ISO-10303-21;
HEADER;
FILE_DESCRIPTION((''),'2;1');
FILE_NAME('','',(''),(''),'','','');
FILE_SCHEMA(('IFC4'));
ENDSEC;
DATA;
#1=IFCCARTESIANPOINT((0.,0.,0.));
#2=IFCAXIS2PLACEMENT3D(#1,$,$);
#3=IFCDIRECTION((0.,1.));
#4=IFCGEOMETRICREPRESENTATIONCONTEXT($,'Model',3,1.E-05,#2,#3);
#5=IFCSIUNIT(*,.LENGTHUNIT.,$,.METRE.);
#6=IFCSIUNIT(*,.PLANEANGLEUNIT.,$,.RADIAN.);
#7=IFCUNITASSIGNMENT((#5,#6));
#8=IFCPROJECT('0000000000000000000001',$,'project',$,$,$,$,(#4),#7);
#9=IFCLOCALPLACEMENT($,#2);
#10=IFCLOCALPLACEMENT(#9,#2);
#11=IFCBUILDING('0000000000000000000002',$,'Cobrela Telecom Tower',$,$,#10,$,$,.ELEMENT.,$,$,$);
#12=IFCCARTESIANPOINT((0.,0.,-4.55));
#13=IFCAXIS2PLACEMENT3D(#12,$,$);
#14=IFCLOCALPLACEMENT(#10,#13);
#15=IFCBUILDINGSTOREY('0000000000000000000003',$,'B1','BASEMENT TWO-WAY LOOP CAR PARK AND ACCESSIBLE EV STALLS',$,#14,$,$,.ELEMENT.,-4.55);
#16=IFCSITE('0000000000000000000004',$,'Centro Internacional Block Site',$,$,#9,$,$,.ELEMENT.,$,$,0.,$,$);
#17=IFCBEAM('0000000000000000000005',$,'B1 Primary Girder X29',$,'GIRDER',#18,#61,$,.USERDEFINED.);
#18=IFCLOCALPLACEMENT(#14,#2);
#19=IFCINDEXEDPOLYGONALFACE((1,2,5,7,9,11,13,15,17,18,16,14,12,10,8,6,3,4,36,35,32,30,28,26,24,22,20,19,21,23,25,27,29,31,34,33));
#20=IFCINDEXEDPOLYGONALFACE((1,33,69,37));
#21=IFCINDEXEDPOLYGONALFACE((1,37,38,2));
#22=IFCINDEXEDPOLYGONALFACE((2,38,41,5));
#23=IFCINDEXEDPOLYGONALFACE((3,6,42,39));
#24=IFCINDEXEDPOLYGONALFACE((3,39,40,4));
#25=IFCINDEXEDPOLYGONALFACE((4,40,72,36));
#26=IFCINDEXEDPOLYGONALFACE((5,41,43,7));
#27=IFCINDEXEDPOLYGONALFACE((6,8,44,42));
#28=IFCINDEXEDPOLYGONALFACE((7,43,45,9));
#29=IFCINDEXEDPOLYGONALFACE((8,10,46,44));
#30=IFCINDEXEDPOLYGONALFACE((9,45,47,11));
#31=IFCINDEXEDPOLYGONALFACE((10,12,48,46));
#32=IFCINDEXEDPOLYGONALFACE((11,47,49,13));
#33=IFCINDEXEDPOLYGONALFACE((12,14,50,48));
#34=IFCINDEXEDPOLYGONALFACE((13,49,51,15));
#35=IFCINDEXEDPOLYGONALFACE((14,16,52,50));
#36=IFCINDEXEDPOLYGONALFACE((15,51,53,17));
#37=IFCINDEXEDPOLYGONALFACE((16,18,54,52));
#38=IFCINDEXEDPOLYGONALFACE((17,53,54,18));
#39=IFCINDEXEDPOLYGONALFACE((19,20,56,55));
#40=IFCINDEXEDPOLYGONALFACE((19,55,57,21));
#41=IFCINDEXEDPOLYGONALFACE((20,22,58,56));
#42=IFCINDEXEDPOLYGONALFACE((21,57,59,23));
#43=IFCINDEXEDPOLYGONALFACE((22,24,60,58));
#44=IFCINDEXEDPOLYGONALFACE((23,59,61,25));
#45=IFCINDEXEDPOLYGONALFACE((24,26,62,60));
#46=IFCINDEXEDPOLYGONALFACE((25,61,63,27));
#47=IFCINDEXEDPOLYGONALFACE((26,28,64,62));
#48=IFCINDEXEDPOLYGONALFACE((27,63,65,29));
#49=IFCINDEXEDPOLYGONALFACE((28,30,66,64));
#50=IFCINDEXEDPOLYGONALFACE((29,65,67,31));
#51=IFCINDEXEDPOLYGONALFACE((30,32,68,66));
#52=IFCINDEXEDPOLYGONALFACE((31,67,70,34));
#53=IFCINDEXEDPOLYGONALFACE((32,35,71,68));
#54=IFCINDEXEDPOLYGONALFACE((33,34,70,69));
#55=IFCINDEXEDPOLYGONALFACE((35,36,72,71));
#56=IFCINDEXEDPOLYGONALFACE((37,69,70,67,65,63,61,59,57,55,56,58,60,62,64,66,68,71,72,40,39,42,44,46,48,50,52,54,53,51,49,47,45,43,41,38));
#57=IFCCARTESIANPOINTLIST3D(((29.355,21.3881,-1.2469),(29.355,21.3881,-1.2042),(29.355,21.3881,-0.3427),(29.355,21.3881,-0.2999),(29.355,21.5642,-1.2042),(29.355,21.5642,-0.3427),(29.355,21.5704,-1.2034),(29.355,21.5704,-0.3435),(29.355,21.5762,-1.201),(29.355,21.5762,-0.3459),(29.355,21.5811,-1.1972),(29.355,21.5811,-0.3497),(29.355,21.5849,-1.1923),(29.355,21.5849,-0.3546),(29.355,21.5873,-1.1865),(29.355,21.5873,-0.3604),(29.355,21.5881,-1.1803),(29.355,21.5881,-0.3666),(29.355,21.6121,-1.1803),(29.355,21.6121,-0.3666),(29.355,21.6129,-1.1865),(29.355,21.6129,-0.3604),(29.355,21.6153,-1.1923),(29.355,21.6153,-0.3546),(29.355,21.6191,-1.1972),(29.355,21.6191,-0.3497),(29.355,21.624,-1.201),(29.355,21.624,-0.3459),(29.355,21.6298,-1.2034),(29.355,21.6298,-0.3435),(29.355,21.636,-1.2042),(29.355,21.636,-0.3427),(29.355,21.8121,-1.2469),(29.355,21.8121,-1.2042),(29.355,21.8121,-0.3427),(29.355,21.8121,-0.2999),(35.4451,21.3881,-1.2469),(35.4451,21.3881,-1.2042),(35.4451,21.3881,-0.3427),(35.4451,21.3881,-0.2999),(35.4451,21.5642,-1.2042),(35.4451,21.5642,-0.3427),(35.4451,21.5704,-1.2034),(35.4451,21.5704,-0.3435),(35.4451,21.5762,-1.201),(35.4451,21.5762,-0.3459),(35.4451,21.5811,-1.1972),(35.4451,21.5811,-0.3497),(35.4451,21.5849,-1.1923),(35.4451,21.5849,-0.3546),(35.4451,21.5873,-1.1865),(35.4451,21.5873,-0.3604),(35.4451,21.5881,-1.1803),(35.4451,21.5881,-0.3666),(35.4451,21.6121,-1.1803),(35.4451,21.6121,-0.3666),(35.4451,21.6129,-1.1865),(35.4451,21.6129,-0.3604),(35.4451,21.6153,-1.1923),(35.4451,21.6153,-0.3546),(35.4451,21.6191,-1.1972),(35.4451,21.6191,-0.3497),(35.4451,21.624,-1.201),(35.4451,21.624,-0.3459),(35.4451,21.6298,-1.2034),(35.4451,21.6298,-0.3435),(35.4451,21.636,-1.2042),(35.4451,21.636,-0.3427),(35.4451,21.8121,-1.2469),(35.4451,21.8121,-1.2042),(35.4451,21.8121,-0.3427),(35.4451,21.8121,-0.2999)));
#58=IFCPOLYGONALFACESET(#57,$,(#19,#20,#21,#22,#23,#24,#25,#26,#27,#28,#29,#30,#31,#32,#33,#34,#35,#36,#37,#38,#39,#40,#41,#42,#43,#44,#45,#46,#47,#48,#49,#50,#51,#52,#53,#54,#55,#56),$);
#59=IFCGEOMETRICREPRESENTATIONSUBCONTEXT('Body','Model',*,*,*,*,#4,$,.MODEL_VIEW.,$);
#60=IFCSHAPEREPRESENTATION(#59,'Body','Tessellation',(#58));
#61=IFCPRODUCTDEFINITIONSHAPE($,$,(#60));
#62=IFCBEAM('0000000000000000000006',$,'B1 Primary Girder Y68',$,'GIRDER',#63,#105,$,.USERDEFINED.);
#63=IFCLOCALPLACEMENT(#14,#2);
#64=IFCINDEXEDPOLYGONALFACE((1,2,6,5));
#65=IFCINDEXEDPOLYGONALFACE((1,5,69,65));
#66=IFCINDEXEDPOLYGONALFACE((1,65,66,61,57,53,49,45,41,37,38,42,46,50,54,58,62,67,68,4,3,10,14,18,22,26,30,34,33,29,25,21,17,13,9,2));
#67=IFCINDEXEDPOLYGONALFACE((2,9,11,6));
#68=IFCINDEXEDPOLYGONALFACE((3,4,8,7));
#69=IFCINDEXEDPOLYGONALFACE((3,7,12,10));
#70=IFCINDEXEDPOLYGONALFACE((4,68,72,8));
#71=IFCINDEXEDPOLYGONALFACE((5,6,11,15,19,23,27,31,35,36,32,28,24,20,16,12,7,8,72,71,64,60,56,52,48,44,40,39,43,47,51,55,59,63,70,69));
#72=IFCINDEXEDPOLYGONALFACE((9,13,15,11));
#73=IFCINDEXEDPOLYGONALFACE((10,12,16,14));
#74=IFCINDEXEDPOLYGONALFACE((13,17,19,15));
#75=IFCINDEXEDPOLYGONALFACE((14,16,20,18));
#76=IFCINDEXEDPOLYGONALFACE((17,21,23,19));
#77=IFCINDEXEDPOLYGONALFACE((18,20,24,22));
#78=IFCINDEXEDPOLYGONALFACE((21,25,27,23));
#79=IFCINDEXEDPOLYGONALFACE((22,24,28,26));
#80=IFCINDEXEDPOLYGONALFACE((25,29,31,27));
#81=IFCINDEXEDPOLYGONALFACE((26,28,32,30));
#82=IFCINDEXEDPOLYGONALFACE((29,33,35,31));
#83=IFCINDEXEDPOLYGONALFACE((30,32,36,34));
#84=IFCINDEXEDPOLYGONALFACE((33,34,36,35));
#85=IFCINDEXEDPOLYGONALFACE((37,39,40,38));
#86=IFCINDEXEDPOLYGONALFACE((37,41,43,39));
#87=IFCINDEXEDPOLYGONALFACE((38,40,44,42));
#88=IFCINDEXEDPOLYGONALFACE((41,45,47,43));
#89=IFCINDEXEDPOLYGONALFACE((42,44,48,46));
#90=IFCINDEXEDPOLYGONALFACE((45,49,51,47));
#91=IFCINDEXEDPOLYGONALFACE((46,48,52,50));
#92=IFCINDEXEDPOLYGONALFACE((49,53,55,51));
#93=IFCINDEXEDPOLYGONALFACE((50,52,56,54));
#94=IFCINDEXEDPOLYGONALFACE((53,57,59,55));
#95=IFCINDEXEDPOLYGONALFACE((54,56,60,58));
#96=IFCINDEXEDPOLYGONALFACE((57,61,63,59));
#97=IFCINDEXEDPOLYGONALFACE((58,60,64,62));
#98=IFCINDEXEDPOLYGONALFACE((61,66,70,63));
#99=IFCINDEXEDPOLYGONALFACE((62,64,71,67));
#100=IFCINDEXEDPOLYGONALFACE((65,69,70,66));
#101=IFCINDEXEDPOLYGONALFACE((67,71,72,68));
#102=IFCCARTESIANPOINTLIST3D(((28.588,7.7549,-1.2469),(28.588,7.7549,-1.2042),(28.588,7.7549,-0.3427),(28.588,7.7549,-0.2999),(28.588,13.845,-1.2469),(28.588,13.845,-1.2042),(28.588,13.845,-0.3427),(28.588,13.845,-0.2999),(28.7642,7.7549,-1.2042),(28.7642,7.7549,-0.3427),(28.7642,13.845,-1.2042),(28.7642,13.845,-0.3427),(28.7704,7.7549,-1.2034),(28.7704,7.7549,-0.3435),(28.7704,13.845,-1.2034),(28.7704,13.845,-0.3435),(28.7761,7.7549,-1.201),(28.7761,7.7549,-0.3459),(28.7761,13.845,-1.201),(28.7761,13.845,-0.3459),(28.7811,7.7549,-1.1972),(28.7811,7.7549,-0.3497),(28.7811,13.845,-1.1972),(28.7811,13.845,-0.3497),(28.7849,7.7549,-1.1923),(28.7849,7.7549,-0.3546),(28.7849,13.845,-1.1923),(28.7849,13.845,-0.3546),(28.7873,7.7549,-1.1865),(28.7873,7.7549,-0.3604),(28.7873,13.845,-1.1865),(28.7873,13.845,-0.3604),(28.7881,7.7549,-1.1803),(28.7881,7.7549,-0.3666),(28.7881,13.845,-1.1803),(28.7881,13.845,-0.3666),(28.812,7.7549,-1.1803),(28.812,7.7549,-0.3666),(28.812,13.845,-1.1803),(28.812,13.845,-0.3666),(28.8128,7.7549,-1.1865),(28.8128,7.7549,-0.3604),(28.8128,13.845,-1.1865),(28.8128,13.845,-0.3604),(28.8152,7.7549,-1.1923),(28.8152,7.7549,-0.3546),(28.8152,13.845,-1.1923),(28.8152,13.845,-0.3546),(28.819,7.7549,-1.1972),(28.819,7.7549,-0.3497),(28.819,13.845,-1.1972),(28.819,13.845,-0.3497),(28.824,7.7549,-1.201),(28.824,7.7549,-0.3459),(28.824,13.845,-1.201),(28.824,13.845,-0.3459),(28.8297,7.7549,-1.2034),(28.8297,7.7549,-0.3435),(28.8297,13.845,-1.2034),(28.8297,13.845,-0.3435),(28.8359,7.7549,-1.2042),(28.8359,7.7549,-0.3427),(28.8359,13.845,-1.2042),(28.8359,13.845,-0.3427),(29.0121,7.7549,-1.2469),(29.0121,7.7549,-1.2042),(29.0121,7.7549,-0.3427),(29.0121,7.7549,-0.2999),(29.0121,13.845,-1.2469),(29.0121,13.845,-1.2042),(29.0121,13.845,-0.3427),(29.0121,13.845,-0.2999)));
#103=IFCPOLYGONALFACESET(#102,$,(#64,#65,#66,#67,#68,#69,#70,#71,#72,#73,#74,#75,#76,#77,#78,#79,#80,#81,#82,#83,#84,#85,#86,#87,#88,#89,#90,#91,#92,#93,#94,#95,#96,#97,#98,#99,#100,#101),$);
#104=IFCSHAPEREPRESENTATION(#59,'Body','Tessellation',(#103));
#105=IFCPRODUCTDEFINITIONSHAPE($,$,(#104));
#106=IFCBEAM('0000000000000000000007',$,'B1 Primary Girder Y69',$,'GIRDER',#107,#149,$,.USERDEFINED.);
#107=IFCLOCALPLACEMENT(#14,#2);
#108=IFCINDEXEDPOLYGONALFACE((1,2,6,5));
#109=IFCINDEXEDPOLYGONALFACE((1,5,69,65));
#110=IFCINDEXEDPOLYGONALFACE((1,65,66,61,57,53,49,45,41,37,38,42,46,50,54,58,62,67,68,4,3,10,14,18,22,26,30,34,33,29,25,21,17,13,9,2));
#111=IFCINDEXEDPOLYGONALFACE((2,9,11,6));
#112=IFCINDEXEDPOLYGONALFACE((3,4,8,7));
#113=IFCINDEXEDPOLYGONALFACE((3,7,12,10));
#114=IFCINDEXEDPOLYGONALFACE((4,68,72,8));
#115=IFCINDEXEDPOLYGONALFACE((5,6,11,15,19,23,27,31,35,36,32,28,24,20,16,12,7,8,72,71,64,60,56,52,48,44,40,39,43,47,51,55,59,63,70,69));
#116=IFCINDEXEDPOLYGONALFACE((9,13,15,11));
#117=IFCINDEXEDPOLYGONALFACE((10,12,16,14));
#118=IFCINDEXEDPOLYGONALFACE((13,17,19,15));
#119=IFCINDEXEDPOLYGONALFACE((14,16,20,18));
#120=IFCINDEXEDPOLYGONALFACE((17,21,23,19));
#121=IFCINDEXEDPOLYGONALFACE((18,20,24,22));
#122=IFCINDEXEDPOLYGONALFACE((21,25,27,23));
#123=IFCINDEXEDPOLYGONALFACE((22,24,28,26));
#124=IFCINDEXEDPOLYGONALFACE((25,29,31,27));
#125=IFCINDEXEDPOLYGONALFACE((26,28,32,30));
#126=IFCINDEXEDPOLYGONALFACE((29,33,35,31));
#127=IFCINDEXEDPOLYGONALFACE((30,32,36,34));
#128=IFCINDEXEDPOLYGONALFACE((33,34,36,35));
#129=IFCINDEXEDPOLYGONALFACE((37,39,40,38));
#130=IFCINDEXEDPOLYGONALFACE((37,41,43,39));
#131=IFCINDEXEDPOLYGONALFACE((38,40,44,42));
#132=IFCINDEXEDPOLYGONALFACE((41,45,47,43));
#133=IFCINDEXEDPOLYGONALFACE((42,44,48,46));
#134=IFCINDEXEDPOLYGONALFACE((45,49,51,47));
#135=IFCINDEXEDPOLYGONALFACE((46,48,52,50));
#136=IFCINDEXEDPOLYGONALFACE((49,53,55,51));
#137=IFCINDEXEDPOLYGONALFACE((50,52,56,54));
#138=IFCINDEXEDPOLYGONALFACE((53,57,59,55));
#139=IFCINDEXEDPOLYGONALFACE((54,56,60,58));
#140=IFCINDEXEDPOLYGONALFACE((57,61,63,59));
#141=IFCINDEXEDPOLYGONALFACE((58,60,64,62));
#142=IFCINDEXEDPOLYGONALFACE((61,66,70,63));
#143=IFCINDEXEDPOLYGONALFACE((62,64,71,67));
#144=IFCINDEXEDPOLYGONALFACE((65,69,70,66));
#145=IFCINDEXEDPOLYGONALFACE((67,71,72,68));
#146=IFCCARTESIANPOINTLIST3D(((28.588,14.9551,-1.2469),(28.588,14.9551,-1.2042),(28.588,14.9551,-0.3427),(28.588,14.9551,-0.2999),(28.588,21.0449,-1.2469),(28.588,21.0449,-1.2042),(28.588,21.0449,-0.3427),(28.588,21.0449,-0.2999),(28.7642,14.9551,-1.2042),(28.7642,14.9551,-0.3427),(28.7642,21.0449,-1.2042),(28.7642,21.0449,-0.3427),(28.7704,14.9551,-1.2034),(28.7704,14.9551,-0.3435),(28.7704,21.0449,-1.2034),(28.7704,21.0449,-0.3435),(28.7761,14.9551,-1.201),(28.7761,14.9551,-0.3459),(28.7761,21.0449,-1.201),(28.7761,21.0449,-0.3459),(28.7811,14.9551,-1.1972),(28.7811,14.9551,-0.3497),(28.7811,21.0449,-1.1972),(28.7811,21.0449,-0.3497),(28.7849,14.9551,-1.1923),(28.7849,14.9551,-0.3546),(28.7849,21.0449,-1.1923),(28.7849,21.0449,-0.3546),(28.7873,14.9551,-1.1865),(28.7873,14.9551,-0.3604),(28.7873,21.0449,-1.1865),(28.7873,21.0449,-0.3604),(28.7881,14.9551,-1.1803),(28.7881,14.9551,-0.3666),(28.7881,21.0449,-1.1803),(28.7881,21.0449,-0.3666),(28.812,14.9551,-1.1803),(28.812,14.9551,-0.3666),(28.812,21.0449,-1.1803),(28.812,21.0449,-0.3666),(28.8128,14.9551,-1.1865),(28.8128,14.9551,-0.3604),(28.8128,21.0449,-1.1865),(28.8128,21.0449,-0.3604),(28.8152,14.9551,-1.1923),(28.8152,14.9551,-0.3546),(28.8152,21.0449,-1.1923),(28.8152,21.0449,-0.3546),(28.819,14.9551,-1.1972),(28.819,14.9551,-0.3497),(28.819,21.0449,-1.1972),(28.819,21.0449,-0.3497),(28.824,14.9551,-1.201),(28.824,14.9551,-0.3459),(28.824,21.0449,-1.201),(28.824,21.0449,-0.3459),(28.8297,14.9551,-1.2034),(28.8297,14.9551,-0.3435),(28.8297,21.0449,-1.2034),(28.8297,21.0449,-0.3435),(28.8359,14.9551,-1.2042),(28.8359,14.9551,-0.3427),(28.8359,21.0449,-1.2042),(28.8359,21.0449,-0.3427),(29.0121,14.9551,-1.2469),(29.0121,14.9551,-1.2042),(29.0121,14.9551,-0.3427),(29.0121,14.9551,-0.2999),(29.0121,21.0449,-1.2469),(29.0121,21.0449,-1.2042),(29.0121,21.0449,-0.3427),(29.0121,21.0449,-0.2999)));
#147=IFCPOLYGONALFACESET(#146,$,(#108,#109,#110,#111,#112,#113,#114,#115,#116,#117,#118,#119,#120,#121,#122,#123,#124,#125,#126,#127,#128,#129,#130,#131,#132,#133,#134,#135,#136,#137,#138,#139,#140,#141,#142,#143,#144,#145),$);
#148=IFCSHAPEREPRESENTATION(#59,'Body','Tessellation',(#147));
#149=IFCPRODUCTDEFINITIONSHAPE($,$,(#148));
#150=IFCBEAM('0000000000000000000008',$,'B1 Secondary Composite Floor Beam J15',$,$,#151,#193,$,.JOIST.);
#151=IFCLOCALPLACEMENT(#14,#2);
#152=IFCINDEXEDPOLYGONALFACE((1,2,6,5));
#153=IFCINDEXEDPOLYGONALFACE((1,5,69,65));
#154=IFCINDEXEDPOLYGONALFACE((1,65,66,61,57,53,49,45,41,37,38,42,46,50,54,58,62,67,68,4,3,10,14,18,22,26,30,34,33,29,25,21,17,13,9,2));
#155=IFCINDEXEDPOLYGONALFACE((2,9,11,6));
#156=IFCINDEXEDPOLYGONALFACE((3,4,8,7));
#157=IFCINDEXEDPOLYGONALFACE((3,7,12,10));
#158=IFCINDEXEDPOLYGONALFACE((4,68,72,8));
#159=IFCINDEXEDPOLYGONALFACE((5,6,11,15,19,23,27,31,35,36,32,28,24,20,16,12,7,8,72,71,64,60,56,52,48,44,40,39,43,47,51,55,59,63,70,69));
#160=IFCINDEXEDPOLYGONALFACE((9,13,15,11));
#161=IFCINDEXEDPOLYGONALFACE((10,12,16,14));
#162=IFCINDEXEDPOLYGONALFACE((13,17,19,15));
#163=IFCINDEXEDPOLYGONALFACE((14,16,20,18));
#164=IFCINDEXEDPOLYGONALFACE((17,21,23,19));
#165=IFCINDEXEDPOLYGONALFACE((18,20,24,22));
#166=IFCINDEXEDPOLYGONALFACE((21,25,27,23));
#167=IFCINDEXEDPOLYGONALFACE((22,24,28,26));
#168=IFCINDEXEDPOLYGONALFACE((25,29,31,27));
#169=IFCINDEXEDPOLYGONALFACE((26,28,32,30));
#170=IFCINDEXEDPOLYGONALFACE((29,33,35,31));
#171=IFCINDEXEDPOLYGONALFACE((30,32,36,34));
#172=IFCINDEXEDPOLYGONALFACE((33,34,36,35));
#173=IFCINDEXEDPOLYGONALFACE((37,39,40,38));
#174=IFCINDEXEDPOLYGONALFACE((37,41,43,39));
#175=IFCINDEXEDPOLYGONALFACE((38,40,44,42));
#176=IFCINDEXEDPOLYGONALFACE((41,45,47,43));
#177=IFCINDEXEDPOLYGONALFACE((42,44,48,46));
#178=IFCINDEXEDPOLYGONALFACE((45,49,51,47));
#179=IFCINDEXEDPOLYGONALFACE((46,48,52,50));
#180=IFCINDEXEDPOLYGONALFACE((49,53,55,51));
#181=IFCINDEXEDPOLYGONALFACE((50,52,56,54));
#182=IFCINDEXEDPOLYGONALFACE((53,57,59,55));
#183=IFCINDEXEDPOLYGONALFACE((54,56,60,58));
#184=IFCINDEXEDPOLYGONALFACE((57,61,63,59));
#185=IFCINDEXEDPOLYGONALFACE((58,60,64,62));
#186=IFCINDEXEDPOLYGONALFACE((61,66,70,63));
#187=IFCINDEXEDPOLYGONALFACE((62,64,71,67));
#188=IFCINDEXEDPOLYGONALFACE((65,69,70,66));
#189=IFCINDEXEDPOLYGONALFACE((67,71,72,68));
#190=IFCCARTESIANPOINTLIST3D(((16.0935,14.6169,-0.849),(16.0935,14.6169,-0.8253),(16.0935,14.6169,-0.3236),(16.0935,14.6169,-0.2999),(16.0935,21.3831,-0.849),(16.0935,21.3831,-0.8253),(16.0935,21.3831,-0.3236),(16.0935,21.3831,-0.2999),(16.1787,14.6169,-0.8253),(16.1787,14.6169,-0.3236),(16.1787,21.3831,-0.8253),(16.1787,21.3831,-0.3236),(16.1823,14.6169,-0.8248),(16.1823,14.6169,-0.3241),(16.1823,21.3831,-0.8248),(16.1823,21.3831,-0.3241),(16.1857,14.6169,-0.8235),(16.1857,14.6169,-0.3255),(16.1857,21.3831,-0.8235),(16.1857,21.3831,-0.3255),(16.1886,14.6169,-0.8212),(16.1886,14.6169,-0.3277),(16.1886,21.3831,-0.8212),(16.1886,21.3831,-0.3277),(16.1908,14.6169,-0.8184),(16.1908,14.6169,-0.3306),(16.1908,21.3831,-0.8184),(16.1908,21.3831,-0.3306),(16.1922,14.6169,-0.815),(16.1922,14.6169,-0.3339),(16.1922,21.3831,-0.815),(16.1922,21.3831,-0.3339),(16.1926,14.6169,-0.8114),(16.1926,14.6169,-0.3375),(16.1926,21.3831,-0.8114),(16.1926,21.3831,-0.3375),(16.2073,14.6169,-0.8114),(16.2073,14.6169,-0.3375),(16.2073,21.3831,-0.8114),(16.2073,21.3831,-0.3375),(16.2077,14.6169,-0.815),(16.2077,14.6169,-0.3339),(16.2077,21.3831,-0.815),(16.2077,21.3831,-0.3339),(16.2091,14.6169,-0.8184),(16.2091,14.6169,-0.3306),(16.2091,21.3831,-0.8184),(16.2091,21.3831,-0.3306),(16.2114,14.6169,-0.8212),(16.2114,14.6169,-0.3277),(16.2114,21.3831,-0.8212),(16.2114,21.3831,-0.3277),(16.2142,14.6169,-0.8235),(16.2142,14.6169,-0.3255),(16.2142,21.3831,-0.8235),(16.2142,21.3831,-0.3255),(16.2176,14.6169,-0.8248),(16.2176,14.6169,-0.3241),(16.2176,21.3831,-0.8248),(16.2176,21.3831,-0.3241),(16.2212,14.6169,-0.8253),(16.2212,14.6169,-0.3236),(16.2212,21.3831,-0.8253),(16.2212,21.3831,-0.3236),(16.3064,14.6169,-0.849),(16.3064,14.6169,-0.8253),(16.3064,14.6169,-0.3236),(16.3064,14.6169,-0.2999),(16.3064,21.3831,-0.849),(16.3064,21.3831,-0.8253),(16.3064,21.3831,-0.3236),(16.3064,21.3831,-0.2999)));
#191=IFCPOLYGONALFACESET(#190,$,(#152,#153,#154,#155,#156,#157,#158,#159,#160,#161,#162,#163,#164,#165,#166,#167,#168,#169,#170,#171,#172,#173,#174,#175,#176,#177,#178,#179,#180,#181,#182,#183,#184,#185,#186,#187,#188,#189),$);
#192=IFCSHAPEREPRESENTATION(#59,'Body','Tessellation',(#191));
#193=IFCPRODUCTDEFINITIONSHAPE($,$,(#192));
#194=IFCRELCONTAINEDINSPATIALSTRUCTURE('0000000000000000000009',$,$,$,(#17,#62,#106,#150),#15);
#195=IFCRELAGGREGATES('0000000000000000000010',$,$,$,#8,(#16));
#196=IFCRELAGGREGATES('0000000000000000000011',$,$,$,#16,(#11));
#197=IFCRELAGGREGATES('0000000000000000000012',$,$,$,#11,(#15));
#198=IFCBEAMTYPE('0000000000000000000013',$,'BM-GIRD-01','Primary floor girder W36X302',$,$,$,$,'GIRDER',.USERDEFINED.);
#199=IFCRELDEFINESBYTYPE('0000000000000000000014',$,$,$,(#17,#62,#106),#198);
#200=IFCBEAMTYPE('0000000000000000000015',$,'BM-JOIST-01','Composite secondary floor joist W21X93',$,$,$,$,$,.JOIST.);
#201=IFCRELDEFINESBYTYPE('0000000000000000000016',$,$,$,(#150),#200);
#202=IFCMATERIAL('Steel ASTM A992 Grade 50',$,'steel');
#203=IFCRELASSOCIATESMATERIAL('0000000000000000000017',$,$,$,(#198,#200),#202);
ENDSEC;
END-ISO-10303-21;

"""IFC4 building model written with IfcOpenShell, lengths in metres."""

from ifc_helpers import new_model, si_unit, direction, frame, origin, origin_2d, place, context, subcontext, project, spatial, i_section, extrude, material, material_profile, profile_set, type_object, element, save


model = new_model("IFC4")

# Units and contexts
model_context = context("Model", 3, precision=1e-05, world=origin(), true_north=direction((0.0, 1.0)))
body_context = subcontext(model_context, "Body", "Model", "MODEL_VIEW")
ifc_project = project(units=[si_unit("LENGTHUNIT", "METRE"), si_unit("PLANEANGLEUNIT", "RADIAN")], contexts=[model_context])

# Site, building, storey
site_placement = place(None, origin())
site = spatial("IfcSite", under=ifc_project, at=site_placement, Name="Centro Internacional Block Site", CompositionType="ELEMENT", RefElevation=0.0)
building_placement = place(site_placement, origin())
building = spatial("IfcBuilding", under=site, at=building_placement, Name="Cobrela Telecom Tower", CompositionType="ELEMENT")
storey_placement = place(building_placement, frame((0.0, 0.0, -4.55)))
storey = spatial("IfcBuildingStorey", under=building, at=storey_placement, Name="B1", Description="BASEMENT TWO-WAY LOOP CAR PARK AND ACCESSIBLE EV STALLS", CompositionType="ELEMENT", Elevation=-4.55)

# Beams
ifc_material_1 = material(Name="Steel ASTM A992 Grade 50", Category="steel")
ifc_material_profile_1 = material_profile(ifc_material_1, i_section(OverallWidth=0.4241, OverallDepth=0.947, WebThickness=0.0239, FlangeThickness=0.0427, FilletRadius=0.0239, at=origin_2d()), Name="W36X302")
ifc_profile_set_1 = profile_set([ifc_material_profile_1], Name="Steel ASTM A992 Grade 50")
beam_type_1 = type_object("IfcBeamType", Name="BM-GIRD-01", Description="Primary floor girder W36X302", ElementType="GIRDER", PredefinedType="USERDEFINED", material=ifc_profile_set_1)
for number, where, z_axis, x_axis, name in (
    (1, (29.355, 21.6001, -0.7734), (1.0, 0.0, 0.0), (0.0, 1.0, 0.0), "B1 Primary Girder X29"),
    (2, (28.8, 7.7549, -0.7734), (0.0, 1.0, 0.0), (-1.0, 0.0, 0.0), "B1 Primary Girder Y68"),
):
    element("IfcBeam", number, at=place(storey_placement, frame(where, z_axis=z_axis, x_axis=x_axis)), inside=storey, type_object=beam_type_1, Name=name, ObjectType="GIRDER", PredefinedType="USERDEFINED", context=body_context, shape_type="SweptSolid", body=[
        extrude(i_section(OverallWidth=0.4241, OverallDepth=0.947, WebThickness=0.0239, FlangeThickness=0.0427, FilletRadius=0.0239, at=origin_2d()), origin(), (0.0, 0.0, 1.0), 6.0901),
    ])
beam_1_placement = place(storey_placement, frame((28.8, 14.9551, -0.7734), z_axis=(0.0, 1.0, 0.0), x_axis=(-1.0, 0.0, 0.0)))
element("IfcBeam", 3, at=beam_1_placement, inside=storey, type_object=beam_type_1, Name="B1 Primary Girder Y69", ObjectType="GIRDER", PredefinedType="USERDEFINED", context=body_context, shape_type="SweptSolid", body=[
    extrude(i_section(OverallWidth=0.4241, OverallDepth=0.947, WebThickness=0.0239, FlangeThickness=0.0427, FilletRadius=0.0239, at=origin_2d()), origin(), (0.0, 0.0, 1.0), 6.0898),
])
ifc_material_profile_2 = material_profile(ifc_material_1, i_section(OverallWidth=0.2129, OverallDepth=0.5491, WebThickness=0.0146, FlangeThickness=0.0237, FilletRadius=0.0139, at=origin_2d()), Name="W21X93")
ifc_profile_set_2 = profile_set([ifc_material_profile_2], Name="Steel ASTM A992 Grade 50")
beam_type_2 = type_object("IfcBeamType", Name="BM-JOIST-01", Description="Composite secondary floor joist W21X93", PredefinedType="JOIST", material=ifc_profile_set_2)
for number, where, z_axis, x_axis, name in (
    (4, (16.2, 14.6169, -0.5745), (0.0, 1.0, 0.0), (-1.0, 0.0, 0.0), "B1 Secondary Composite Floor Beam J15"),
):
    element("IfcBeam", number, at=place(storey_placement, frame(where, z_axis=z_axis, x_axis=x_axis)), inside=storey, type_object=beam_type_2, Name=name, PredefinedType="JOIST", context=body_context, shape_type="SweptSolid", body=[
        extrude(i_section(OverallWidth=0.2129, OverallDepth=0.5491, WebThickness=0.0146, FlangeThickness=0.0237, FilletRadius=0.0139, at=origin_2d()), origin(), (0.0, 0.0, 1.0), 6.7661),
    ])

save(model, "model.ifc")
